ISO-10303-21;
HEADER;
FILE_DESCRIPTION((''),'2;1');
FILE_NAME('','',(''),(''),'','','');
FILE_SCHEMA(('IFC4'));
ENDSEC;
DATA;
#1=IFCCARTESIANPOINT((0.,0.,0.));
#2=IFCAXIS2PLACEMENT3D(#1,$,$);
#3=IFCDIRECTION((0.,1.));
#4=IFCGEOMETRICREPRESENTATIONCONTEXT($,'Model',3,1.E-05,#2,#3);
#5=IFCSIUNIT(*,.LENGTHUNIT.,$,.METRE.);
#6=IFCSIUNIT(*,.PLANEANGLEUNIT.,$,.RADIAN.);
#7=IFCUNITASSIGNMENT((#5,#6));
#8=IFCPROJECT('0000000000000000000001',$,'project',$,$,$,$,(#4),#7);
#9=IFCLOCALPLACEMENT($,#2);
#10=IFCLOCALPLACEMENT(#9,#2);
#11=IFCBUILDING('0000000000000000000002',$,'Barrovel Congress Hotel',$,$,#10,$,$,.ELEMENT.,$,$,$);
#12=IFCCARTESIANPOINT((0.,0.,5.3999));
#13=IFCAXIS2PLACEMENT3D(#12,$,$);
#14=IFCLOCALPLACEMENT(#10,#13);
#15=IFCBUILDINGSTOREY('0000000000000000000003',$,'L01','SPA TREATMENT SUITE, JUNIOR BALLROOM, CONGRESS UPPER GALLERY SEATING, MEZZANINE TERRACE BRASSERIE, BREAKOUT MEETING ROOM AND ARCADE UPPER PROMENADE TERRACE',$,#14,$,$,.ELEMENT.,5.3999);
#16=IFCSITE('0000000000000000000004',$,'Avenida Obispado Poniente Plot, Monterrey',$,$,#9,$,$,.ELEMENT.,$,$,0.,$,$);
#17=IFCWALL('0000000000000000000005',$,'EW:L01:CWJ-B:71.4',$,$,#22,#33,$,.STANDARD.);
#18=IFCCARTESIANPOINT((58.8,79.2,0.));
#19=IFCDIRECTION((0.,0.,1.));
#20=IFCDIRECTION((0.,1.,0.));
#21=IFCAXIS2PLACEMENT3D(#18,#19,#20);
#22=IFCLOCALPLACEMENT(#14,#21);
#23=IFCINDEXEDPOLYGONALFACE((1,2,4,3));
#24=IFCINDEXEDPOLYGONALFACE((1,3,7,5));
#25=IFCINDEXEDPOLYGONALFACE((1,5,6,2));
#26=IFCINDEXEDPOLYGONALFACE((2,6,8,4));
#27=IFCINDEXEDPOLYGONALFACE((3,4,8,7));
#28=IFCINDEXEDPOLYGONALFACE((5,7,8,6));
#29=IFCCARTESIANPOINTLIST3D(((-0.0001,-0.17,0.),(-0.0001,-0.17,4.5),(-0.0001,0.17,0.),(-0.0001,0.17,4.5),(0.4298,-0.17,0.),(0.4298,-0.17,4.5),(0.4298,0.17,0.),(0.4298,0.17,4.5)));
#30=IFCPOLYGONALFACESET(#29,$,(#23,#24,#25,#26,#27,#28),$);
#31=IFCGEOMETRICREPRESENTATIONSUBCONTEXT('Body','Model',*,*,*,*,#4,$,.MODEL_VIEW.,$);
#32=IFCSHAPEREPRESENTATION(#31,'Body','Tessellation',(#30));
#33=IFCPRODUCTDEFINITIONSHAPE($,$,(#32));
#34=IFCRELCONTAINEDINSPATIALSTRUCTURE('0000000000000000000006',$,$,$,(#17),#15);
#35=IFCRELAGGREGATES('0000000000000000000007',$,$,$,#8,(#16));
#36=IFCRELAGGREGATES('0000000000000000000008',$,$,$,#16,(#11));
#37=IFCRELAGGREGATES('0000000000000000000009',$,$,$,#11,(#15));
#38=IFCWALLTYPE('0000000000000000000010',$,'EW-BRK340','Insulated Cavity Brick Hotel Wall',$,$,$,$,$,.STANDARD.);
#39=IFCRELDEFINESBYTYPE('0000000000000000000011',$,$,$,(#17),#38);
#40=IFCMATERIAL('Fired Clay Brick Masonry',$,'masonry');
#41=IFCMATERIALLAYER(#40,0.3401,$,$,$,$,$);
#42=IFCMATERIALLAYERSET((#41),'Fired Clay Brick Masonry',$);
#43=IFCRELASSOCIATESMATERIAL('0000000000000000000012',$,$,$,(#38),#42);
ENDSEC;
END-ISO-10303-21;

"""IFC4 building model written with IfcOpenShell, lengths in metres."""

from ifc_helpers import new_model, si_unit, direction, frame, frame_2d, origin, place, context, subcontext, project, spatial, rectangle, extrude, material, layer, layer_set, type_object, element, save


model = new_model("IFC4")

# Units and contexts
model_context = context("Model", 3, precision=1e-05, world=origin(), true_north=direction((0.0, 1.0)))
body_context = subcontext(model_context, "Body", "Model", "MODEL_VIEW")
ifc_project = project(units=[si_unit("LENGTHUNIT", "METRE"), si_unit("PLANEANGLEUNIT", "RADIAN")], contexts=[model_context])

# Site, building, storey
site_placement = place(None, origin())
site = spatial("IfcSite", under=ifc_project, at=site_placement, Name="Avenida Obispado Poniente Plot, Monterrey", CompositionType="ELEMENT", RefElevation=0.0)
building_placement = place(site_placement, origin())
building = spatial("IfcBuilding", under=site, at=building_placement, Name="Barrovel Congress Hotel", CompositionType="ELEMENT")
storey_placement = place(building_placement, frame((0.0, 0.0, 5.3999)))
storey = spatial("IfcBuildingStorey", under=building, at=storey_placement, Name="L01", Description="SPA TREATMENT SUITE, JUNIOR BALLROOM, CONGRESS UPPER GALLERY SEATING, MEZZANINE TERRACE BRASSERIE, BREAKOUT MEETING ROOM AND ARCADE UPPER PROMENADE TERRACE", CompositionType="ELEMENT", Elevation=5.3999)

# Wall
ifc_material_1 = material(Name="Fired Clay Brick Masonry", Category="masonry")
ifc_layer_1 = layer(ifc_material_1, 0.3401)
ifc_layer_set_1 = layer_set([ifc_layer_1], Name="Fired Clay Brick Masonry")
wall_type = type_object("IfcWallType", Name="EW-BRK340", Description="Insulated Cavity Brick Hotel Wall", PredefinedType="STANDARD", material=ifc_layer_set_1)
wall_1_placement = place(storey_placement, frame((58.8, 79.2, 0.0), z_axis=(0.0, 0.0, 1.0), x_axis=(0.0, 1.0, 0.0)))
element("IfcWall", 1, at=wall_1_placement, inside=storey, type_object=wall_type, Name="EW:L01:CWJ-B:71.4", PredefinedType="STANDARD", context=body_context, shape_type="SweptSolid", body=[
    extrude(rectangle(XDim=0.4299, YDim=0.3401, at=frame_2d((0.2148, 0.0))), origin(), (0.0, 0.0, 1.0), 4.5),
])

save(model, "model.ifc")
